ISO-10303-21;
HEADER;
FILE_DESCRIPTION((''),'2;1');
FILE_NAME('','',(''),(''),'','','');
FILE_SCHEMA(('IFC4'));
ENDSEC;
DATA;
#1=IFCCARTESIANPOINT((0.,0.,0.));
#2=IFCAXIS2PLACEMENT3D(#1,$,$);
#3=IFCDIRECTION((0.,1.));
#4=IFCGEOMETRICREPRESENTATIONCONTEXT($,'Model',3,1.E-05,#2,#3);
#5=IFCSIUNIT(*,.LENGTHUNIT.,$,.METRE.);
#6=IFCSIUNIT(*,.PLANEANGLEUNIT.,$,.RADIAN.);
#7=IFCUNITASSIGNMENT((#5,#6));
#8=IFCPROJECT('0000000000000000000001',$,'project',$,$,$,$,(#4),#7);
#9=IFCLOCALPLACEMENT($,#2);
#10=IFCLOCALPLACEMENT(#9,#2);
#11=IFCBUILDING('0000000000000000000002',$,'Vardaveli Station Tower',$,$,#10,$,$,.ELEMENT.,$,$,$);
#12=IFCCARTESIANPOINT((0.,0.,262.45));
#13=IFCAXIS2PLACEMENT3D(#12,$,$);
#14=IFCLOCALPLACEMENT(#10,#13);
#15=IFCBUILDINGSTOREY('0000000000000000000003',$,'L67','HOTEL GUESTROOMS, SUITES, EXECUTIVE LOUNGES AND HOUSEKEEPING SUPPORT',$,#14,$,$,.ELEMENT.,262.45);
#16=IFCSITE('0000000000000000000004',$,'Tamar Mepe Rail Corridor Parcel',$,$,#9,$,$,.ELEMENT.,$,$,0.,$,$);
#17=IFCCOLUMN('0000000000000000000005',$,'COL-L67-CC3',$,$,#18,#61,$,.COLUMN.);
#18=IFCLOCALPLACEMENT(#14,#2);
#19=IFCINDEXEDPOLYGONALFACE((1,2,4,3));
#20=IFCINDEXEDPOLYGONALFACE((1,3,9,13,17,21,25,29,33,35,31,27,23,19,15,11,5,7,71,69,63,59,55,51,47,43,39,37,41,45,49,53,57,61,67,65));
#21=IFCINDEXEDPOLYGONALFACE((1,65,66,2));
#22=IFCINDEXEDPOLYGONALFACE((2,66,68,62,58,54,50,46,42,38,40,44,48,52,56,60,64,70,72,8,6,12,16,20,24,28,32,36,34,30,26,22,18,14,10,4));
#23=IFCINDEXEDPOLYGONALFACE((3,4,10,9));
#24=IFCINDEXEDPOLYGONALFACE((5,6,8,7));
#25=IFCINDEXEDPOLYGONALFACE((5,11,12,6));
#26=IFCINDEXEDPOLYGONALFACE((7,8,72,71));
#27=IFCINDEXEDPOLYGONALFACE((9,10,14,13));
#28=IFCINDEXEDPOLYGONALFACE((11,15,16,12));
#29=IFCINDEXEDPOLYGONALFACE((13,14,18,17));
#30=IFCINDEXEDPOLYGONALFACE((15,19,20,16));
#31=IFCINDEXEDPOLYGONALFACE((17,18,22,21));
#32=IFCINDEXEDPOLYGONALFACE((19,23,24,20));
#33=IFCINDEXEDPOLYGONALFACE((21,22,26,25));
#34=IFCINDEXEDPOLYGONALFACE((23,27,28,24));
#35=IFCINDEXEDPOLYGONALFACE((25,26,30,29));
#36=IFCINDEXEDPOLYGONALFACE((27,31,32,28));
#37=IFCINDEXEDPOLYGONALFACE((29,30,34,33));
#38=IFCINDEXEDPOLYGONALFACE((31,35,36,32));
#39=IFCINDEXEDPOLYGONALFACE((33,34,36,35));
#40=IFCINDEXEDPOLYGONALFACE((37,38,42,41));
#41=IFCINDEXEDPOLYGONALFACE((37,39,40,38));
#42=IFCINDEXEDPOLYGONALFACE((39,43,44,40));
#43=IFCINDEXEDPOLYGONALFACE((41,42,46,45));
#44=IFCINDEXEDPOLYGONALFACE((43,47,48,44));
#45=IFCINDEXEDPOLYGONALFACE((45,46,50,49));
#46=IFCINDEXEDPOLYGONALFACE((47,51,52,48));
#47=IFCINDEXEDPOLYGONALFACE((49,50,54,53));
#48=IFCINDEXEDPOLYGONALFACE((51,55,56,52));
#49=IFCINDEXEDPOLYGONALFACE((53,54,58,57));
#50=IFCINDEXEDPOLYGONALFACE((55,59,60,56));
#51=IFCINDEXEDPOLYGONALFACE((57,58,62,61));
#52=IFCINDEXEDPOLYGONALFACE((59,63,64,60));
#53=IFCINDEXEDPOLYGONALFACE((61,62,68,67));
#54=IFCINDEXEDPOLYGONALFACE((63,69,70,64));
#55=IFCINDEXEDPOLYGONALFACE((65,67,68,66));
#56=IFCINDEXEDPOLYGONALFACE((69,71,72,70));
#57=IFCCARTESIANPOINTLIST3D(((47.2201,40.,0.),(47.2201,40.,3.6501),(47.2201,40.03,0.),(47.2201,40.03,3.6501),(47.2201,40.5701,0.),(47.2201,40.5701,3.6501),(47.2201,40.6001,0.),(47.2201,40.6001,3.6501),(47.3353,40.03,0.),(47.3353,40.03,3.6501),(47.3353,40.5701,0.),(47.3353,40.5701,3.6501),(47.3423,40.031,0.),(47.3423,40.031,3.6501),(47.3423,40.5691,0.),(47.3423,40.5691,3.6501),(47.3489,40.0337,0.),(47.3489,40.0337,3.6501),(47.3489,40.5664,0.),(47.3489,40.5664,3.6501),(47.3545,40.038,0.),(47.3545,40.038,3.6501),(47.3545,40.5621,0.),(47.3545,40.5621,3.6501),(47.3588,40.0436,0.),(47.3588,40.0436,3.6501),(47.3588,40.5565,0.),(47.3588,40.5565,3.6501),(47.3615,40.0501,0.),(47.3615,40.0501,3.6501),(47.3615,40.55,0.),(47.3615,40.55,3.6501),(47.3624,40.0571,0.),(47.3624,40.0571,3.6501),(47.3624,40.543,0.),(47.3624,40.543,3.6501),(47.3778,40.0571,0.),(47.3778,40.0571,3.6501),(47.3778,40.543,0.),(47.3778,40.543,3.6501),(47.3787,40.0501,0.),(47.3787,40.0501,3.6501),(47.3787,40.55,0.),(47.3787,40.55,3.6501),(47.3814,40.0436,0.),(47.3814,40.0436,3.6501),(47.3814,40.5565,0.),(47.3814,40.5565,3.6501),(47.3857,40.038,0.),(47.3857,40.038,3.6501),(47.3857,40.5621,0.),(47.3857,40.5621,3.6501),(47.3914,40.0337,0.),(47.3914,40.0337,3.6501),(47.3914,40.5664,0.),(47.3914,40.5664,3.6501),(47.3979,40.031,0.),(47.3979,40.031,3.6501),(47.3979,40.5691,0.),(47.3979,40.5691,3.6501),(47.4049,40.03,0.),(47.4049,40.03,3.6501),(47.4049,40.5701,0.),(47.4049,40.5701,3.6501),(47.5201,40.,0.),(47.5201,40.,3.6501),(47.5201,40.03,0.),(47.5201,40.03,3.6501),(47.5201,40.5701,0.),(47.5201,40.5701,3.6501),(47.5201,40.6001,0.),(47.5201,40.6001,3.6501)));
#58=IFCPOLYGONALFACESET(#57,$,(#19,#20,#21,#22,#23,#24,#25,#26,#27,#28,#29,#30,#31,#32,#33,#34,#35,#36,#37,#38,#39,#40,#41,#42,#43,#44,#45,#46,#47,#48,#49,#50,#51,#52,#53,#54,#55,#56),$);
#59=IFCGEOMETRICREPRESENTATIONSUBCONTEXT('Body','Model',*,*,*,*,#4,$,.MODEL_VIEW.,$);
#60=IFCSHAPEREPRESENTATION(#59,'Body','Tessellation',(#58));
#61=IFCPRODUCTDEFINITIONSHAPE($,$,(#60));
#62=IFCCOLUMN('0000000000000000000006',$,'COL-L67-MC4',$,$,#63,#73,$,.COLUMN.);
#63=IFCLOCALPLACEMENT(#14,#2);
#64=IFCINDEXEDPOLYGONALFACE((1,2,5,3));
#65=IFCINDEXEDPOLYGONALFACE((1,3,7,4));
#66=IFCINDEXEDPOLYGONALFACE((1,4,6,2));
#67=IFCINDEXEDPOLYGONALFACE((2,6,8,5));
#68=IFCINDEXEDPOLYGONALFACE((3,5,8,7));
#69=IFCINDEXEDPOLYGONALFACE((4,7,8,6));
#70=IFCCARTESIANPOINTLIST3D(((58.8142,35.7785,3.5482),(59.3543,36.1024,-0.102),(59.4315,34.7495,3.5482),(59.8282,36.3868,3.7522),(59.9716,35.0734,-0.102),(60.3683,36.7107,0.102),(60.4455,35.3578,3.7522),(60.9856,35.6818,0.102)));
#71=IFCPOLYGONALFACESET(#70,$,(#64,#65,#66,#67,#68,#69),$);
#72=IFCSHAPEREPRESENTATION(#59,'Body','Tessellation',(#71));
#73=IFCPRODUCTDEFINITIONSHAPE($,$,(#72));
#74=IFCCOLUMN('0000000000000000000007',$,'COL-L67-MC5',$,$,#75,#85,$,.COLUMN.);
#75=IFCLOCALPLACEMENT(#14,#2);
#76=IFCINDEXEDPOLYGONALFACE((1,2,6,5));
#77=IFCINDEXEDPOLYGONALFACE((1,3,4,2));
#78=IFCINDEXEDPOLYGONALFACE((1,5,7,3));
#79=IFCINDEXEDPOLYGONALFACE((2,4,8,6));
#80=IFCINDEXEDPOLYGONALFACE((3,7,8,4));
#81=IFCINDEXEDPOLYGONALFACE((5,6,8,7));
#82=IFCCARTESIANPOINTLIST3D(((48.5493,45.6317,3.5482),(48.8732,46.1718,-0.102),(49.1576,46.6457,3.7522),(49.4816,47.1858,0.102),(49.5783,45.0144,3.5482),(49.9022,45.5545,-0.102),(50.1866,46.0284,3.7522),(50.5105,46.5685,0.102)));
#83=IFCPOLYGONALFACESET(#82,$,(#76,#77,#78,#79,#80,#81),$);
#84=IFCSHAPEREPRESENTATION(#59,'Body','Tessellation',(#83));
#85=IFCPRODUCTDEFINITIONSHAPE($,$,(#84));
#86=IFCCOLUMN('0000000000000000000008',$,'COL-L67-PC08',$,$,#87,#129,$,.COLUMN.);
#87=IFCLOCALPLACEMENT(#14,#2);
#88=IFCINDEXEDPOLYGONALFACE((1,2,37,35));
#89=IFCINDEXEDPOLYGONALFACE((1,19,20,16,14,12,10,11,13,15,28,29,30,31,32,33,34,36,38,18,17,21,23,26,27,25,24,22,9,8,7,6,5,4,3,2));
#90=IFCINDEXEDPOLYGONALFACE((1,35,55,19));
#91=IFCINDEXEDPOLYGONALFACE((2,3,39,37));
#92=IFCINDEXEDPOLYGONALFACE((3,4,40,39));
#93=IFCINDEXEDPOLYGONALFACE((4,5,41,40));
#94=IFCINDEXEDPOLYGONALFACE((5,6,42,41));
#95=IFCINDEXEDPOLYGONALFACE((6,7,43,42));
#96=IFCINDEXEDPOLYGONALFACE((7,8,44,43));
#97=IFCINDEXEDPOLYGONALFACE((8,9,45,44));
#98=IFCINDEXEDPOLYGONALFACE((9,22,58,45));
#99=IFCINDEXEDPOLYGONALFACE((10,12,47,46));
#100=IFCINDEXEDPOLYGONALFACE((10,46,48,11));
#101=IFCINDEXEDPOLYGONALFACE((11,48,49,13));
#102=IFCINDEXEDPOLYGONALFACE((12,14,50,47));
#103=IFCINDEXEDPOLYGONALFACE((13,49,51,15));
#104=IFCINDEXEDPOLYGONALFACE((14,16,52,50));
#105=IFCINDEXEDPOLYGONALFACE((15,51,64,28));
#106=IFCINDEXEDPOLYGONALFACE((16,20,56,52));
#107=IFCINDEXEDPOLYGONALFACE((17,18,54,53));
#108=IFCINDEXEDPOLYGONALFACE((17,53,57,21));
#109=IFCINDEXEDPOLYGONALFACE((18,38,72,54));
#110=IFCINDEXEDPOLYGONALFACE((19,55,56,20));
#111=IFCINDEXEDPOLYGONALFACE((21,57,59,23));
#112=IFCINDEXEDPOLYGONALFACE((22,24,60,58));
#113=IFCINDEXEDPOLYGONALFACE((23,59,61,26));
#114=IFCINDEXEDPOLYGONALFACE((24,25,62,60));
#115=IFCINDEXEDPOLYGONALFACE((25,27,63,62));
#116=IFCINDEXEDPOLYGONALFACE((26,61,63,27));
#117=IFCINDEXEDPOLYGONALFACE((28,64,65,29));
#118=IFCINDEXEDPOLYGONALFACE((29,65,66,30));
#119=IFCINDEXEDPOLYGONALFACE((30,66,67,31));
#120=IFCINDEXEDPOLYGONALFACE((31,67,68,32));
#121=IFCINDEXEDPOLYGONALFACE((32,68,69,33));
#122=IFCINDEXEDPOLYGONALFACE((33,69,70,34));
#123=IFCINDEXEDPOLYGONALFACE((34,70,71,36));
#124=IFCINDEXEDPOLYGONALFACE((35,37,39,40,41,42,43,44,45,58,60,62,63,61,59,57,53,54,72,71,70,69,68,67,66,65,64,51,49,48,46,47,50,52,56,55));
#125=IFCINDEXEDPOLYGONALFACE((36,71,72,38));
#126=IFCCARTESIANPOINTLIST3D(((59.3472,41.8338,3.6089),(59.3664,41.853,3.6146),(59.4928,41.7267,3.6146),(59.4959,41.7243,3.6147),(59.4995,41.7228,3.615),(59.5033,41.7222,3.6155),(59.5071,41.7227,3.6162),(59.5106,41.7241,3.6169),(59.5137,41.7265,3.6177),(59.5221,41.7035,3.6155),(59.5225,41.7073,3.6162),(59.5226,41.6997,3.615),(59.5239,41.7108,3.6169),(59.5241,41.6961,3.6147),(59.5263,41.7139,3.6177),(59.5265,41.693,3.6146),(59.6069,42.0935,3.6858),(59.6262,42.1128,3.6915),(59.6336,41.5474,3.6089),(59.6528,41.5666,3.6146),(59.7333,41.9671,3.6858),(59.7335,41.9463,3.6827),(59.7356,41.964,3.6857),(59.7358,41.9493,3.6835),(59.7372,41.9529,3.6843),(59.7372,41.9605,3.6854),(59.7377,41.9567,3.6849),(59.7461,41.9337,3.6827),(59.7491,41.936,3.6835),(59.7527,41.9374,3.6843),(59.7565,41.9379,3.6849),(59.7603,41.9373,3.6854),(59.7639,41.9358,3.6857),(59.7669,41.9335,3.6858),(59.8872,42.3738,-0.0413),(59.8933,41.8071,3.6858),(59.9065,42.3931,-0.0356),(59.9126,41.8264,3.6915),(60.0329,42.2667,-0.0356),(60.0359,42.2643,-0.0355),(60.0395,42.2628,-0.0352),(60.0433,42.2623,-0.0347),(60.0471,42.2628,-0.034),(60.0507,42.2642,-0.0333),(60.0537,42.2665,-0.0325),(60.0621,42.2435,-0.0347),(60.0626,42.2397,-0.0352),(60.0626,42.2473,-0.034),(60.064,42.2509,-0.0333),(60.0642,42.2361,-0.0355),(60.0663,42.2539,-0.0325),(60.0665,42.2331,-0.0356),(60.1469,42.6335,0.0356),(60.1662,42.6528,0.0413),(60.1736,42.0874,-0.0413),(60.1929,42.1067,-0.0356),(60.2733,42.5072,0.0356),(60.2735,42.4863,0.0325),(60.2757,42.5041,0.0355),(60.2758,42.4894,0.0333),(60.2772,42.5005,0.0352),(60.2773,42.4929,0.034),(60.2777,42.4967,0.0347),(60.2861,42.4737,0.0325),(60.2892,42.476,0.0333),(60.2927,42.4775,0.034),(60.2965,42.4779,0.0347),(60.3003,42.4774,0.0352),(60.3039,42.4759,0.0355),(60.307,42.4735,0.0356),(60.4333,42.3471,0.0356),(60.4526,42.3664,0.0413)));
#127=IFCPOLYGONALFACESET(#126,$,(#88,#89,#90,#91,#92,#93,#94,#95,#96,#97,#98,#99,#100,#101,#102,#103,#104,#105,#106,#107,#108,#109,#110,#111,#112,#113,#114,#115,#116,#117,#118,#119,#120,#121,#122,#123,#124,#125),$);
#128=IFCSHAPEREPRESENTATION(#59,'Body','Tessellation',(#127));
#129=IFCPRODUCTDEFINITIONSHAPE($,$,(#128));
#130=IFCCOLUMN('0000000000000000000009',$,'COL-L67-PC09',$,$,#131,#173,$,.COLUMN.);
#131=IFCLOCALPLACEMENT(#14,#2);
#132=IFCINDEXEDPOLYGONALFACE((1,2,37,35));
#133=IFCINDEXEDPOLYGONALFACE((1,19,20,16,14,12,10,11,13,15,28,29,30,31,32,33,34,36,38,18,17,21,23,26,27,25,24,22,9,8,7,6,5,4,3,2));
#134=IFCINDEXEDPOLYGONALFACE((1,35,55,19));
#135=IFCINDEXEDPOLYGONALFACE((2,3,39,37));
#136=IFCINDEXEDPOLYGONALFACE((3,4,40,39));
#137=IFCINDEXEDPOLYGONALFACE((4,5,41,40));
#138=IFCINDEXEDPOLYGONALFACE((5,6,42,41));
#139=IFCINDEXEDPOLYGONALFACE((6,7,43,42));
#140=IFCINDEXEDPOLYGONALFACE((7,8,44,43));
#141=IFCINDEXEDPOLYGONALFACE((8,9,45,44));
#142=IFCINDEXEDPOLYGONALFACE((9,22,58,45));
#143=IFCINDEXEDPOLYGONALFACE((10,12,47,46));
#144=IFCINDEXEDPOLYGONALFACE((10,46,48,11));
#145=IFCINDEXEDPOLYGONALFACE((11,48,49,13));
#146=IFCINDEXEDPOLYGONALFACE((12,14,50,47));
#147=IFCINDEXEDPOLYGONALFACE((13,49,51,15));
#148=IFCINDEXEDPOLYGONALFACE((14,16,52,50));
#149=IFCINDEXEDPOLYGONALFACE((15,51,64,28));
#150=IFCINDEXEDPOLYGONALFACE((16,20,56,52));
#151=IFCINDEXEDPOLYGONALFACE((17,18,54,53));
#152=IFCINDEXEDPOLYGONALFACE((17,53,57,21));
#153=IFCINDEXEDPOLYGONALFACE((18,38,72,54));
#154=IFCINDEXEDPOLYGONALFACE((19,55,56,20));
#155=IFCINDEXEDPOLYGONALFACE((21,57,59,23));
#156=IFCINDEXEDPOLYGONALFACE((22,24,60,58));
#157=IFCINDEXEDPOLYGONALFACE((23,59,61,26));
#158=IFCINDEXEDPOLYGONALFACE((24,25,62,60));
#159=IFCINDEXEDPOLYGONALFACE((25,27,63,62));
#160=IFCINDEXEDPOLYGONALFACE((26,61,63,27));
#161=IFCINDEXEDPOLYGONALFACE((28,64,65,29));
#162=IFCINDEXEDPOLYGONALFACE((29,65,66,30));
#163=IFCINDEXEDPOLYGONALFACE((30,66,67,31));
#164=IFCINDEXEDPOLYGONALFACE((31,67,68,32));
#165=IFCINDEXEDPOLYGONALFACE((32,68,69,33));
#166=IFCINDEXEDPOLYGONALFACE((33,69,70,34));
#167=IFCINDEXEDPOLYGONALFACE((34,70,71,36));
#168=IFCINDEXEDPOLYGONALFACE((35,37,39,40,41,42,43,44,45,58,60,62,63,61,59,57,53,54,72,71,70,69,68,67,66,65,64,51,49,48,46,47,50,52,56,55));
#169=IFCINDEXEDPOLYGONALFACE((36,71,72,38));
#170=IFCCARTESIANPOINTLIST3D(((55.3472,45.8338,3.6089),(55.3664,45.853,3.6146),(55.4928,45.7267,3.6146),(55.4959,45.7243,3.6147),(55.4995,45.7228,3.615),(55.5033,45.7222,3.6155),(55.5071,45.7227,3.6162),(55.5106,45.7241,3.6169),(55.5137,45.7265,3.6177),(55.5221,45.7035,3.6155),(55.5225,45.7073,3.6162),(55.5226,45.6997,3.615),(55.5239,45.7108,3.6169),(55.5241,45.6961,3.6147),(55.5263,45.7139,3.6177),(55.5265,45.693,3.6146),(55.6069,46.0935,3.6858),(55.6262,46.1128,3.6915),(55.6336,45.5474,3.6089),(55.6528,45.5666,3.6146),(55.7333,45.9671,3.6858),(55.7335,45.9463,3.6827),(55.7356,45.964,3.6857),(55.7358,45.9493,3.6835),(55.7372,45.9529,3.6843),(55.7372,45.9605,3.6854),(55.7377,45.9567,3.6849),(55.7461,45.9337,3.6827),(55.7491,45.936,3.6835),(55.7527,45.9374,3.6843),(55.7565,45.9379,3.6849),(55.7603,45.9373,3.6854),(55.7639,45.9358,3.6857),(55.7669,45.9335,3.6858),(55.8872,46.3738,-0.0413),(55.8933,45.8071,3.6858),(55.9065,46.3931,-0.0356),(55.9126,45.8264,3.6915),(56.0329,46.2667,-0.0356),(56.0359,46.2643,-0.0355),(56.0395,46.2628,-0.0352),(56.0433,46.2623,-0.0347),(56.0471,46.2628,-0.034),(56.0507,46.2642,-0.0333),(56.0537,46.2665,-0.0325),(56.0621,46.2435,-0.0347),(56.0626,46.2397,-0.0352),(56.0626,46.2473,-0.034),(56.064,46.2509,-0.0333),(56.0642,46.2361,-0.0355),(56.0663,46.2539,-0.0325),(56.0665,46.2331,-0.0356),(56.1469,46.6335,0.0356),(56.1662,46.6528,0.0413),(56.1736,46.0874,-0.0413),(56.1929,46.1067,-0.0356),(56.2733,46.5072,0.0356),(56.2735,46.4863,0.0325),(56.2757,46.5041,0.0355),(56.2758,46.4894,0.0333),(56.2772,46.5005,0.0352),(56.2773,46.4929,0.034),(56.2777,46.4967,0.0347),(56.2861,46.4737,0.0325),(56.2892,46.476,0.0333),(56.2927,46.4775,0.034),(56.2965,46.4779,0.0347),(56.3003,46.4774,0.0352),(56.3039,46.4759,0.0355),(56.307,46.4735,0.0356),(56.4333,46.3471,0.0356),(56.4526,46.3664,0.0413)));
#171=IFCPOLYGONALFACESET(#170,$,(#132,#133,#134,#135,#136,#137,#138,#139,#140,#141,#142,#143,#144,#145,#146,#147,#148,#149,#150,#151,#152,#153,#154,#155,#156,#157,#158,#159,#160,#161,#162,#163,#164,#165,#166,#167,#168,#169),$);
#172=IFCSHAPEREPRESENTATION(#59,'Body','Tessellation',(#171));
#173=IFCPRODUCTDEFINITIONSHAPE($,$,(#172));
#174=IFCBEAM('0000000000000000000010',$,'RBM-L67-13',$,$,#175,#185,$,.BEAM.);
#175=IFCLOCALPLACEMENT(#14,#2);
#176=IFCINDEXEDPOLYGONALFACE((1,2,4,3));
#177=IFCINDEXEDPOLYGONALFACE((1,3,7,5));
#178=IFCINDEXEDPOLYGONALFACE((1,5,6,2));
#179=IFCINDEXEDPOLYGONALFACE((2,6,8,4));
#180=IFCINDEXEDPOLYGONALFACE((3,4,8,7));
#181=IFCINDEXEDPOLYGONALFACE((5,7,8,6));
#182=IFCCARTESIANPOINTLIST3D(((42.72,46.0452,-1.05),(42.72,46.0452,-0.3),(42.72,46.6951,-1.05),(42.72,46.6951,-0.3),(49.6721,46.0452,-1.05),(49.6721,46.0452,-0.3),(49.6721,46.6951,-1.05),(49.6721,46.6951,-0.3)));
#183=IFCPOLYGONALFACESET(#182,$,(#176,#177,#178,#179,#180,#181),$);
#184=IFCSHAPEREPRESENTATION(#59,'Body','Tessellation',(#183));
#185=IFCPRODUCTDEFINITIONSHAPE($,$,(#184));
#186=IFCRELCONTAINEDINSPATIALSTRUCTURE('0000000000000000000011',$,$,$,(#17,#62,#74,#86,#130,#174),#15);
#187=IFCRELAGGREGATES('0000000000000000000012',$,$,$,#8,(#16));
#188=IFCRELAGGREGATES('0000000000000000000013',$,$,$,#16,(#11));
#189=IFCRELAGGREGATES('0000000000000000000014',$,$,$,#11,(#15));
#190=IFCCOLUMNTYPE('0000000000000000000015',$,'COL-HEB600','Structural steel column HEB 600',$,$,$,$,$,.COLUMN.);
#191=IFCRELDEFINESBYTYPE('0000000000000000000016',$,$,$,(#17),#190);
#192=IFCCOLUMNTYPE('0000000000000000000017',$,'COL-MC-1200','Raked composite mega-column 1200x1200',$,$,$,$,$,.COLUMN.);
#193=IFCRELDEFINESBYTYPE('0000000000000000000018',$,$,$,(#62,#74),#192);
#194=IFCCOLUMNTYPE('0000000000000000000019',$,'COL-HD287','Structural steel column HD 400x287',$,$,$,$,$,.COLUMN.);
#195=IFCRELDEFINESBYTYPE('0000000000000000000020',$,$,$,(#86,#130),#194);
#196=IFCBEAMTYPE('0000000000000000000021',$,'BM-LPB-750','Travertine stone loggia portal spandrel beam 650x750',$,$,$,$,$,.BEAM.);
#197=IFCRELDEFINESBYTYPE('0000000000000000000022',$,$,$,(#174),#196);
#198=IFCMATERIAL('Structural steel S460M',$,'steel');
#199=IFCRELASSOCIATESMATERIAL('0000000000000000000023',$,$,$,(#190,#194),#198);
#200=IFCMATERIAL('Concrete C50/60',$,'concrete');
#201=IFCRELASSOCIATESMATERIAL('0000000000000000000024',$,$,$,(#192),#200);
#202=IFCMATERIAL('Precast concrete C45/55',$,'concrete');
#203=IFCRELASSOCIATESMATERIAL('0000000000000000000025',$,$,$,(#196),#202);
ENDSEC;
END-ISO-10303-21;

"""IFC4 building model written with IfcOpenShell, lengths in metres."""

from ifc_helpers import new_model, si_unit, direction, frame, origin, origin_2d, place, context, subcontext, project, spatial, rectangle, i_section, extrude, source, transform, mapped, material, material_profile, profile_set, type_object, element, save


model = new_model("IFC4")

# Units and contexts
model_context = context("Model", 3, precision=1e-05, world=origin(), true_north=direction((0.0, 1.0)))
body_context = subcontext(model_context, "Body", "Model", "MODEL_VIEW")
ifc_project = project(units=[si_unit("LENGTHUNIT", "METRE"), si_unit("PLANEANGLEUNIT", "RADIAN")], contexts=[model_context])

# Site, building, storey
site_placement = place(None, origin())
site = spatial("IfcSite", under=ifc_project, at=site_placement, Name="Tamar Mepe Rail Corridor Parcel", CompositionType="ELEMENT", RefElevation=0.0)
building_placement = place(site_placement, origin())
building = spatial("IfcBuilding", under=site, at=building_placement, Name="Vardaveli Station Tower", CompositionType="ELEMENT")
storey_placement = place(building_placement, frame((0.0, 0.0, 262.45)))
storey = spatial("IfcBuildingStorey", under=building, at=storey_placement, Name="L67", Description="HOTEL GUESTROOMS, SUITES, EXECUTIVE LOUNGES AND HOUSEKEEPING SUPPORT", CompositionType="ELEMENT", Elevation=262.45)

# Columns
ifc_material_1 = material(Name="Structural steel S460M", Category="steel")
ifc_material_profile_1 = material_profile(ifc_material_1, i_section(OverallWidth=0.3, OverallDepth=0.6001, WebThickness=0.0154, FlangeThickness=0.03, FilletRadius=0.0271, at=origin_2d()), Name="HEB 600")
ifc_profile_set_1 = profile_set([ifc_material_profile_1], Name="Structural steel S460M")
column_type_1 = type_object("IfcColumnType", Name="COL-HEB600", Description="Structural steel column HEB 600", PredefinedType="COLUMN", material=ifc_profile_set_1)
shared_shape_1 = source(origin(), body_context, "Body", "SweptSolid", [
    extrude(i_section(OverallWidth=0.3, OverallDepth=0.6001, WebThickness=0.0154, FlangeThickness=0.03, FilletRadius=0.0271, at=origin_2d()), origin(), (0.0, 0.0, 1.0), 3.6501),
])
column_placement = place(storey_placement, frame((47.3701, 40.3, 0.0), z_axis=(0.0, 0.0, 1.0), x_axis=(1.0, 0.0, 0.0)))
element("IfcColumn", 1, at=column_placement, inside=storey, type_object=column_type_1, Name="COL-L67-CC3", PredefinedType="COLUMN", context=body_context, shape_type="MappedRepresentation", body=[
    mapped(shared_shape_1, transform((0.0, 0.0, 0.0), scale=1.0)),
])
ifc_material_2 = material(Name="Concrete C50/60", Category="concrete")
ifc_material_profile_2 = material_profile(ifc_material_2, rectangle(XDim=1.2, YDim=1.2, at=origin_2d()), Name="MC 1200x1200")
ifc_profile_set_2 = profile_set([ifc_material_profile_2], Name="Concrete C50/60")
column_type_2 = type_object("IfcColumnType", Name="COL-MC-1200", Description="Raked composite mega-column 1200x1200", PredefinedType="COLUMN", material=ifc_profile_set_2)
shared_shape_2 = source(origin(), body_context, "Body", "SweptSolid", [
    extrude(rectangle(XDim=1.2, YDim=1.2, at=origin_2d()), origin(), (0.0, 0.0, 1.0), 3.7041),
])
for number, where, z_axis, x_axis, name in (
    (2, (60.1699, 35.8921, 0.0), (-0.145796, -0.087464, 0.985441), (0.514439, -0.857527, 0.0), "COL-L67-MC4"),
    (3, (49.6919, 46.3701, 0.0), (-0.087464, -0.145796, 0.985441), (0.857527, -0.514439, 0.0), "COL-L67-MC5"),
):
    element("IfcColumn", number, at=place(storey_placement, frame(where, z_axis=z_axis, x_axis=x_axis)), inside=storey, type_object=column_type_2, Name=name, PredefinedType="COLUMN", context=body_context, shape_type="MappedRepresentation", body=[
        mapped(shared_shape_2, transform((0.0, 0.0, 0.0), scale=1.0)),
    ])
ifc_material_profile_3 = material_profile(ifc_material_1, i_section(OverallWidth=0.405, OverallDepth=0.4031, WebThickness=0.0178, FlangeThickness=0.0278, FilletRadius=0.0149, at=origin_2d()), Name="HD 400x287")
ifc_profile_set_3 = profile_set([ifc_material_profile_3], Name="Structural steel S460M")
column_type_3 = type_object("IfcColumnType", Name="COL-HD287", Description="Structural steel column HD 400x287", PredefinedType="COLUMN", material=ifc_profile_set_3)
shared_shape_3 = source(origin(), body_context, "Body", "SweptSolid", [
    extrude(i_section(OverallWidth=0.405, OverallDepth=0.4031, WebThickness=0.0178, FlangeThickness=0.0278, FilletRadius=0.0149, at=origin_2d()), origin(), (0.0, 0.0, 1.0), 3.7292),
])
for number, where, z_axis, x_axis, name in (
    (4, (60.1699, 42.3701, 0.0), (-0.144814, -0.144814, 0.978804), (0.707107, -0.707107, 0.0), "COL-L67-PC08"),
    (5, (56.1699, 46.3701, 0.0), (-0.144814, -0.144814, 0.978804), (0.707107, -0.707107, 0.0), "COL-L67-PC09"),
):
    element("IfcColumn", number, at=place(storey_placement, frame(where, z_axis=z_axis, x_axis=x_axis)), inside=storey, type_object=column_type_3, Name=name, PredefinedType="COLUMN", context=body_context, shape_type="MappedRepresentation", body=[
        mapped(shared_shape_3, transform((0.0, 0.0, 0.0), scale=1.0)),
    ])

# Beam
ifc_material_3 = material(Name="Precast concrete C45/55", Category="concrete")
ifc_material_profile_4 = material_profile(ifc_material_3, rectangle(XDim=0.6499, YDim=0.75, at=origin_2d()), Name="LPB 650x750")
ifc_profile_set_4 = profile_set([ifc_material_profile_4], Name="Precast concrete C45/55")
beam_type = type_object("IfcBeamType", Name="BM-LPB-750", Description="Travertine stone loggia portal spandrel beam 650x750", PredefinedType="BEAM", material=ifc_profile_set_4)
shared_shape_4 = source(origin(), body_context, "Body", "SweptSolid", [
    extrude(rectangle(XDim=0.6499, YDim=0.75, at=origin_2d()), origin(), (0.0, 0.0, 1.0), 6.9521),
])
beam_1_placement = place(storey_placement, frame((49.6721, 46.3701, -0.675), z_axis=(-1.0, 0.0, 0.0), x_axis=(0.0, -1.0, 0.0)))
element("IfcBeam", 6, at=beam_1_placement, inside=storey, type_object=beam_type, Name="RBM-L67-13", PredefinedType="BEAM", context=body_context, shape_type="MappedRepresentation", body=[
    mapped(shared_shape_4, transform((0.0, 0.0, 0.0), scale=1.0)),
])

save(model, "model.ifc")
